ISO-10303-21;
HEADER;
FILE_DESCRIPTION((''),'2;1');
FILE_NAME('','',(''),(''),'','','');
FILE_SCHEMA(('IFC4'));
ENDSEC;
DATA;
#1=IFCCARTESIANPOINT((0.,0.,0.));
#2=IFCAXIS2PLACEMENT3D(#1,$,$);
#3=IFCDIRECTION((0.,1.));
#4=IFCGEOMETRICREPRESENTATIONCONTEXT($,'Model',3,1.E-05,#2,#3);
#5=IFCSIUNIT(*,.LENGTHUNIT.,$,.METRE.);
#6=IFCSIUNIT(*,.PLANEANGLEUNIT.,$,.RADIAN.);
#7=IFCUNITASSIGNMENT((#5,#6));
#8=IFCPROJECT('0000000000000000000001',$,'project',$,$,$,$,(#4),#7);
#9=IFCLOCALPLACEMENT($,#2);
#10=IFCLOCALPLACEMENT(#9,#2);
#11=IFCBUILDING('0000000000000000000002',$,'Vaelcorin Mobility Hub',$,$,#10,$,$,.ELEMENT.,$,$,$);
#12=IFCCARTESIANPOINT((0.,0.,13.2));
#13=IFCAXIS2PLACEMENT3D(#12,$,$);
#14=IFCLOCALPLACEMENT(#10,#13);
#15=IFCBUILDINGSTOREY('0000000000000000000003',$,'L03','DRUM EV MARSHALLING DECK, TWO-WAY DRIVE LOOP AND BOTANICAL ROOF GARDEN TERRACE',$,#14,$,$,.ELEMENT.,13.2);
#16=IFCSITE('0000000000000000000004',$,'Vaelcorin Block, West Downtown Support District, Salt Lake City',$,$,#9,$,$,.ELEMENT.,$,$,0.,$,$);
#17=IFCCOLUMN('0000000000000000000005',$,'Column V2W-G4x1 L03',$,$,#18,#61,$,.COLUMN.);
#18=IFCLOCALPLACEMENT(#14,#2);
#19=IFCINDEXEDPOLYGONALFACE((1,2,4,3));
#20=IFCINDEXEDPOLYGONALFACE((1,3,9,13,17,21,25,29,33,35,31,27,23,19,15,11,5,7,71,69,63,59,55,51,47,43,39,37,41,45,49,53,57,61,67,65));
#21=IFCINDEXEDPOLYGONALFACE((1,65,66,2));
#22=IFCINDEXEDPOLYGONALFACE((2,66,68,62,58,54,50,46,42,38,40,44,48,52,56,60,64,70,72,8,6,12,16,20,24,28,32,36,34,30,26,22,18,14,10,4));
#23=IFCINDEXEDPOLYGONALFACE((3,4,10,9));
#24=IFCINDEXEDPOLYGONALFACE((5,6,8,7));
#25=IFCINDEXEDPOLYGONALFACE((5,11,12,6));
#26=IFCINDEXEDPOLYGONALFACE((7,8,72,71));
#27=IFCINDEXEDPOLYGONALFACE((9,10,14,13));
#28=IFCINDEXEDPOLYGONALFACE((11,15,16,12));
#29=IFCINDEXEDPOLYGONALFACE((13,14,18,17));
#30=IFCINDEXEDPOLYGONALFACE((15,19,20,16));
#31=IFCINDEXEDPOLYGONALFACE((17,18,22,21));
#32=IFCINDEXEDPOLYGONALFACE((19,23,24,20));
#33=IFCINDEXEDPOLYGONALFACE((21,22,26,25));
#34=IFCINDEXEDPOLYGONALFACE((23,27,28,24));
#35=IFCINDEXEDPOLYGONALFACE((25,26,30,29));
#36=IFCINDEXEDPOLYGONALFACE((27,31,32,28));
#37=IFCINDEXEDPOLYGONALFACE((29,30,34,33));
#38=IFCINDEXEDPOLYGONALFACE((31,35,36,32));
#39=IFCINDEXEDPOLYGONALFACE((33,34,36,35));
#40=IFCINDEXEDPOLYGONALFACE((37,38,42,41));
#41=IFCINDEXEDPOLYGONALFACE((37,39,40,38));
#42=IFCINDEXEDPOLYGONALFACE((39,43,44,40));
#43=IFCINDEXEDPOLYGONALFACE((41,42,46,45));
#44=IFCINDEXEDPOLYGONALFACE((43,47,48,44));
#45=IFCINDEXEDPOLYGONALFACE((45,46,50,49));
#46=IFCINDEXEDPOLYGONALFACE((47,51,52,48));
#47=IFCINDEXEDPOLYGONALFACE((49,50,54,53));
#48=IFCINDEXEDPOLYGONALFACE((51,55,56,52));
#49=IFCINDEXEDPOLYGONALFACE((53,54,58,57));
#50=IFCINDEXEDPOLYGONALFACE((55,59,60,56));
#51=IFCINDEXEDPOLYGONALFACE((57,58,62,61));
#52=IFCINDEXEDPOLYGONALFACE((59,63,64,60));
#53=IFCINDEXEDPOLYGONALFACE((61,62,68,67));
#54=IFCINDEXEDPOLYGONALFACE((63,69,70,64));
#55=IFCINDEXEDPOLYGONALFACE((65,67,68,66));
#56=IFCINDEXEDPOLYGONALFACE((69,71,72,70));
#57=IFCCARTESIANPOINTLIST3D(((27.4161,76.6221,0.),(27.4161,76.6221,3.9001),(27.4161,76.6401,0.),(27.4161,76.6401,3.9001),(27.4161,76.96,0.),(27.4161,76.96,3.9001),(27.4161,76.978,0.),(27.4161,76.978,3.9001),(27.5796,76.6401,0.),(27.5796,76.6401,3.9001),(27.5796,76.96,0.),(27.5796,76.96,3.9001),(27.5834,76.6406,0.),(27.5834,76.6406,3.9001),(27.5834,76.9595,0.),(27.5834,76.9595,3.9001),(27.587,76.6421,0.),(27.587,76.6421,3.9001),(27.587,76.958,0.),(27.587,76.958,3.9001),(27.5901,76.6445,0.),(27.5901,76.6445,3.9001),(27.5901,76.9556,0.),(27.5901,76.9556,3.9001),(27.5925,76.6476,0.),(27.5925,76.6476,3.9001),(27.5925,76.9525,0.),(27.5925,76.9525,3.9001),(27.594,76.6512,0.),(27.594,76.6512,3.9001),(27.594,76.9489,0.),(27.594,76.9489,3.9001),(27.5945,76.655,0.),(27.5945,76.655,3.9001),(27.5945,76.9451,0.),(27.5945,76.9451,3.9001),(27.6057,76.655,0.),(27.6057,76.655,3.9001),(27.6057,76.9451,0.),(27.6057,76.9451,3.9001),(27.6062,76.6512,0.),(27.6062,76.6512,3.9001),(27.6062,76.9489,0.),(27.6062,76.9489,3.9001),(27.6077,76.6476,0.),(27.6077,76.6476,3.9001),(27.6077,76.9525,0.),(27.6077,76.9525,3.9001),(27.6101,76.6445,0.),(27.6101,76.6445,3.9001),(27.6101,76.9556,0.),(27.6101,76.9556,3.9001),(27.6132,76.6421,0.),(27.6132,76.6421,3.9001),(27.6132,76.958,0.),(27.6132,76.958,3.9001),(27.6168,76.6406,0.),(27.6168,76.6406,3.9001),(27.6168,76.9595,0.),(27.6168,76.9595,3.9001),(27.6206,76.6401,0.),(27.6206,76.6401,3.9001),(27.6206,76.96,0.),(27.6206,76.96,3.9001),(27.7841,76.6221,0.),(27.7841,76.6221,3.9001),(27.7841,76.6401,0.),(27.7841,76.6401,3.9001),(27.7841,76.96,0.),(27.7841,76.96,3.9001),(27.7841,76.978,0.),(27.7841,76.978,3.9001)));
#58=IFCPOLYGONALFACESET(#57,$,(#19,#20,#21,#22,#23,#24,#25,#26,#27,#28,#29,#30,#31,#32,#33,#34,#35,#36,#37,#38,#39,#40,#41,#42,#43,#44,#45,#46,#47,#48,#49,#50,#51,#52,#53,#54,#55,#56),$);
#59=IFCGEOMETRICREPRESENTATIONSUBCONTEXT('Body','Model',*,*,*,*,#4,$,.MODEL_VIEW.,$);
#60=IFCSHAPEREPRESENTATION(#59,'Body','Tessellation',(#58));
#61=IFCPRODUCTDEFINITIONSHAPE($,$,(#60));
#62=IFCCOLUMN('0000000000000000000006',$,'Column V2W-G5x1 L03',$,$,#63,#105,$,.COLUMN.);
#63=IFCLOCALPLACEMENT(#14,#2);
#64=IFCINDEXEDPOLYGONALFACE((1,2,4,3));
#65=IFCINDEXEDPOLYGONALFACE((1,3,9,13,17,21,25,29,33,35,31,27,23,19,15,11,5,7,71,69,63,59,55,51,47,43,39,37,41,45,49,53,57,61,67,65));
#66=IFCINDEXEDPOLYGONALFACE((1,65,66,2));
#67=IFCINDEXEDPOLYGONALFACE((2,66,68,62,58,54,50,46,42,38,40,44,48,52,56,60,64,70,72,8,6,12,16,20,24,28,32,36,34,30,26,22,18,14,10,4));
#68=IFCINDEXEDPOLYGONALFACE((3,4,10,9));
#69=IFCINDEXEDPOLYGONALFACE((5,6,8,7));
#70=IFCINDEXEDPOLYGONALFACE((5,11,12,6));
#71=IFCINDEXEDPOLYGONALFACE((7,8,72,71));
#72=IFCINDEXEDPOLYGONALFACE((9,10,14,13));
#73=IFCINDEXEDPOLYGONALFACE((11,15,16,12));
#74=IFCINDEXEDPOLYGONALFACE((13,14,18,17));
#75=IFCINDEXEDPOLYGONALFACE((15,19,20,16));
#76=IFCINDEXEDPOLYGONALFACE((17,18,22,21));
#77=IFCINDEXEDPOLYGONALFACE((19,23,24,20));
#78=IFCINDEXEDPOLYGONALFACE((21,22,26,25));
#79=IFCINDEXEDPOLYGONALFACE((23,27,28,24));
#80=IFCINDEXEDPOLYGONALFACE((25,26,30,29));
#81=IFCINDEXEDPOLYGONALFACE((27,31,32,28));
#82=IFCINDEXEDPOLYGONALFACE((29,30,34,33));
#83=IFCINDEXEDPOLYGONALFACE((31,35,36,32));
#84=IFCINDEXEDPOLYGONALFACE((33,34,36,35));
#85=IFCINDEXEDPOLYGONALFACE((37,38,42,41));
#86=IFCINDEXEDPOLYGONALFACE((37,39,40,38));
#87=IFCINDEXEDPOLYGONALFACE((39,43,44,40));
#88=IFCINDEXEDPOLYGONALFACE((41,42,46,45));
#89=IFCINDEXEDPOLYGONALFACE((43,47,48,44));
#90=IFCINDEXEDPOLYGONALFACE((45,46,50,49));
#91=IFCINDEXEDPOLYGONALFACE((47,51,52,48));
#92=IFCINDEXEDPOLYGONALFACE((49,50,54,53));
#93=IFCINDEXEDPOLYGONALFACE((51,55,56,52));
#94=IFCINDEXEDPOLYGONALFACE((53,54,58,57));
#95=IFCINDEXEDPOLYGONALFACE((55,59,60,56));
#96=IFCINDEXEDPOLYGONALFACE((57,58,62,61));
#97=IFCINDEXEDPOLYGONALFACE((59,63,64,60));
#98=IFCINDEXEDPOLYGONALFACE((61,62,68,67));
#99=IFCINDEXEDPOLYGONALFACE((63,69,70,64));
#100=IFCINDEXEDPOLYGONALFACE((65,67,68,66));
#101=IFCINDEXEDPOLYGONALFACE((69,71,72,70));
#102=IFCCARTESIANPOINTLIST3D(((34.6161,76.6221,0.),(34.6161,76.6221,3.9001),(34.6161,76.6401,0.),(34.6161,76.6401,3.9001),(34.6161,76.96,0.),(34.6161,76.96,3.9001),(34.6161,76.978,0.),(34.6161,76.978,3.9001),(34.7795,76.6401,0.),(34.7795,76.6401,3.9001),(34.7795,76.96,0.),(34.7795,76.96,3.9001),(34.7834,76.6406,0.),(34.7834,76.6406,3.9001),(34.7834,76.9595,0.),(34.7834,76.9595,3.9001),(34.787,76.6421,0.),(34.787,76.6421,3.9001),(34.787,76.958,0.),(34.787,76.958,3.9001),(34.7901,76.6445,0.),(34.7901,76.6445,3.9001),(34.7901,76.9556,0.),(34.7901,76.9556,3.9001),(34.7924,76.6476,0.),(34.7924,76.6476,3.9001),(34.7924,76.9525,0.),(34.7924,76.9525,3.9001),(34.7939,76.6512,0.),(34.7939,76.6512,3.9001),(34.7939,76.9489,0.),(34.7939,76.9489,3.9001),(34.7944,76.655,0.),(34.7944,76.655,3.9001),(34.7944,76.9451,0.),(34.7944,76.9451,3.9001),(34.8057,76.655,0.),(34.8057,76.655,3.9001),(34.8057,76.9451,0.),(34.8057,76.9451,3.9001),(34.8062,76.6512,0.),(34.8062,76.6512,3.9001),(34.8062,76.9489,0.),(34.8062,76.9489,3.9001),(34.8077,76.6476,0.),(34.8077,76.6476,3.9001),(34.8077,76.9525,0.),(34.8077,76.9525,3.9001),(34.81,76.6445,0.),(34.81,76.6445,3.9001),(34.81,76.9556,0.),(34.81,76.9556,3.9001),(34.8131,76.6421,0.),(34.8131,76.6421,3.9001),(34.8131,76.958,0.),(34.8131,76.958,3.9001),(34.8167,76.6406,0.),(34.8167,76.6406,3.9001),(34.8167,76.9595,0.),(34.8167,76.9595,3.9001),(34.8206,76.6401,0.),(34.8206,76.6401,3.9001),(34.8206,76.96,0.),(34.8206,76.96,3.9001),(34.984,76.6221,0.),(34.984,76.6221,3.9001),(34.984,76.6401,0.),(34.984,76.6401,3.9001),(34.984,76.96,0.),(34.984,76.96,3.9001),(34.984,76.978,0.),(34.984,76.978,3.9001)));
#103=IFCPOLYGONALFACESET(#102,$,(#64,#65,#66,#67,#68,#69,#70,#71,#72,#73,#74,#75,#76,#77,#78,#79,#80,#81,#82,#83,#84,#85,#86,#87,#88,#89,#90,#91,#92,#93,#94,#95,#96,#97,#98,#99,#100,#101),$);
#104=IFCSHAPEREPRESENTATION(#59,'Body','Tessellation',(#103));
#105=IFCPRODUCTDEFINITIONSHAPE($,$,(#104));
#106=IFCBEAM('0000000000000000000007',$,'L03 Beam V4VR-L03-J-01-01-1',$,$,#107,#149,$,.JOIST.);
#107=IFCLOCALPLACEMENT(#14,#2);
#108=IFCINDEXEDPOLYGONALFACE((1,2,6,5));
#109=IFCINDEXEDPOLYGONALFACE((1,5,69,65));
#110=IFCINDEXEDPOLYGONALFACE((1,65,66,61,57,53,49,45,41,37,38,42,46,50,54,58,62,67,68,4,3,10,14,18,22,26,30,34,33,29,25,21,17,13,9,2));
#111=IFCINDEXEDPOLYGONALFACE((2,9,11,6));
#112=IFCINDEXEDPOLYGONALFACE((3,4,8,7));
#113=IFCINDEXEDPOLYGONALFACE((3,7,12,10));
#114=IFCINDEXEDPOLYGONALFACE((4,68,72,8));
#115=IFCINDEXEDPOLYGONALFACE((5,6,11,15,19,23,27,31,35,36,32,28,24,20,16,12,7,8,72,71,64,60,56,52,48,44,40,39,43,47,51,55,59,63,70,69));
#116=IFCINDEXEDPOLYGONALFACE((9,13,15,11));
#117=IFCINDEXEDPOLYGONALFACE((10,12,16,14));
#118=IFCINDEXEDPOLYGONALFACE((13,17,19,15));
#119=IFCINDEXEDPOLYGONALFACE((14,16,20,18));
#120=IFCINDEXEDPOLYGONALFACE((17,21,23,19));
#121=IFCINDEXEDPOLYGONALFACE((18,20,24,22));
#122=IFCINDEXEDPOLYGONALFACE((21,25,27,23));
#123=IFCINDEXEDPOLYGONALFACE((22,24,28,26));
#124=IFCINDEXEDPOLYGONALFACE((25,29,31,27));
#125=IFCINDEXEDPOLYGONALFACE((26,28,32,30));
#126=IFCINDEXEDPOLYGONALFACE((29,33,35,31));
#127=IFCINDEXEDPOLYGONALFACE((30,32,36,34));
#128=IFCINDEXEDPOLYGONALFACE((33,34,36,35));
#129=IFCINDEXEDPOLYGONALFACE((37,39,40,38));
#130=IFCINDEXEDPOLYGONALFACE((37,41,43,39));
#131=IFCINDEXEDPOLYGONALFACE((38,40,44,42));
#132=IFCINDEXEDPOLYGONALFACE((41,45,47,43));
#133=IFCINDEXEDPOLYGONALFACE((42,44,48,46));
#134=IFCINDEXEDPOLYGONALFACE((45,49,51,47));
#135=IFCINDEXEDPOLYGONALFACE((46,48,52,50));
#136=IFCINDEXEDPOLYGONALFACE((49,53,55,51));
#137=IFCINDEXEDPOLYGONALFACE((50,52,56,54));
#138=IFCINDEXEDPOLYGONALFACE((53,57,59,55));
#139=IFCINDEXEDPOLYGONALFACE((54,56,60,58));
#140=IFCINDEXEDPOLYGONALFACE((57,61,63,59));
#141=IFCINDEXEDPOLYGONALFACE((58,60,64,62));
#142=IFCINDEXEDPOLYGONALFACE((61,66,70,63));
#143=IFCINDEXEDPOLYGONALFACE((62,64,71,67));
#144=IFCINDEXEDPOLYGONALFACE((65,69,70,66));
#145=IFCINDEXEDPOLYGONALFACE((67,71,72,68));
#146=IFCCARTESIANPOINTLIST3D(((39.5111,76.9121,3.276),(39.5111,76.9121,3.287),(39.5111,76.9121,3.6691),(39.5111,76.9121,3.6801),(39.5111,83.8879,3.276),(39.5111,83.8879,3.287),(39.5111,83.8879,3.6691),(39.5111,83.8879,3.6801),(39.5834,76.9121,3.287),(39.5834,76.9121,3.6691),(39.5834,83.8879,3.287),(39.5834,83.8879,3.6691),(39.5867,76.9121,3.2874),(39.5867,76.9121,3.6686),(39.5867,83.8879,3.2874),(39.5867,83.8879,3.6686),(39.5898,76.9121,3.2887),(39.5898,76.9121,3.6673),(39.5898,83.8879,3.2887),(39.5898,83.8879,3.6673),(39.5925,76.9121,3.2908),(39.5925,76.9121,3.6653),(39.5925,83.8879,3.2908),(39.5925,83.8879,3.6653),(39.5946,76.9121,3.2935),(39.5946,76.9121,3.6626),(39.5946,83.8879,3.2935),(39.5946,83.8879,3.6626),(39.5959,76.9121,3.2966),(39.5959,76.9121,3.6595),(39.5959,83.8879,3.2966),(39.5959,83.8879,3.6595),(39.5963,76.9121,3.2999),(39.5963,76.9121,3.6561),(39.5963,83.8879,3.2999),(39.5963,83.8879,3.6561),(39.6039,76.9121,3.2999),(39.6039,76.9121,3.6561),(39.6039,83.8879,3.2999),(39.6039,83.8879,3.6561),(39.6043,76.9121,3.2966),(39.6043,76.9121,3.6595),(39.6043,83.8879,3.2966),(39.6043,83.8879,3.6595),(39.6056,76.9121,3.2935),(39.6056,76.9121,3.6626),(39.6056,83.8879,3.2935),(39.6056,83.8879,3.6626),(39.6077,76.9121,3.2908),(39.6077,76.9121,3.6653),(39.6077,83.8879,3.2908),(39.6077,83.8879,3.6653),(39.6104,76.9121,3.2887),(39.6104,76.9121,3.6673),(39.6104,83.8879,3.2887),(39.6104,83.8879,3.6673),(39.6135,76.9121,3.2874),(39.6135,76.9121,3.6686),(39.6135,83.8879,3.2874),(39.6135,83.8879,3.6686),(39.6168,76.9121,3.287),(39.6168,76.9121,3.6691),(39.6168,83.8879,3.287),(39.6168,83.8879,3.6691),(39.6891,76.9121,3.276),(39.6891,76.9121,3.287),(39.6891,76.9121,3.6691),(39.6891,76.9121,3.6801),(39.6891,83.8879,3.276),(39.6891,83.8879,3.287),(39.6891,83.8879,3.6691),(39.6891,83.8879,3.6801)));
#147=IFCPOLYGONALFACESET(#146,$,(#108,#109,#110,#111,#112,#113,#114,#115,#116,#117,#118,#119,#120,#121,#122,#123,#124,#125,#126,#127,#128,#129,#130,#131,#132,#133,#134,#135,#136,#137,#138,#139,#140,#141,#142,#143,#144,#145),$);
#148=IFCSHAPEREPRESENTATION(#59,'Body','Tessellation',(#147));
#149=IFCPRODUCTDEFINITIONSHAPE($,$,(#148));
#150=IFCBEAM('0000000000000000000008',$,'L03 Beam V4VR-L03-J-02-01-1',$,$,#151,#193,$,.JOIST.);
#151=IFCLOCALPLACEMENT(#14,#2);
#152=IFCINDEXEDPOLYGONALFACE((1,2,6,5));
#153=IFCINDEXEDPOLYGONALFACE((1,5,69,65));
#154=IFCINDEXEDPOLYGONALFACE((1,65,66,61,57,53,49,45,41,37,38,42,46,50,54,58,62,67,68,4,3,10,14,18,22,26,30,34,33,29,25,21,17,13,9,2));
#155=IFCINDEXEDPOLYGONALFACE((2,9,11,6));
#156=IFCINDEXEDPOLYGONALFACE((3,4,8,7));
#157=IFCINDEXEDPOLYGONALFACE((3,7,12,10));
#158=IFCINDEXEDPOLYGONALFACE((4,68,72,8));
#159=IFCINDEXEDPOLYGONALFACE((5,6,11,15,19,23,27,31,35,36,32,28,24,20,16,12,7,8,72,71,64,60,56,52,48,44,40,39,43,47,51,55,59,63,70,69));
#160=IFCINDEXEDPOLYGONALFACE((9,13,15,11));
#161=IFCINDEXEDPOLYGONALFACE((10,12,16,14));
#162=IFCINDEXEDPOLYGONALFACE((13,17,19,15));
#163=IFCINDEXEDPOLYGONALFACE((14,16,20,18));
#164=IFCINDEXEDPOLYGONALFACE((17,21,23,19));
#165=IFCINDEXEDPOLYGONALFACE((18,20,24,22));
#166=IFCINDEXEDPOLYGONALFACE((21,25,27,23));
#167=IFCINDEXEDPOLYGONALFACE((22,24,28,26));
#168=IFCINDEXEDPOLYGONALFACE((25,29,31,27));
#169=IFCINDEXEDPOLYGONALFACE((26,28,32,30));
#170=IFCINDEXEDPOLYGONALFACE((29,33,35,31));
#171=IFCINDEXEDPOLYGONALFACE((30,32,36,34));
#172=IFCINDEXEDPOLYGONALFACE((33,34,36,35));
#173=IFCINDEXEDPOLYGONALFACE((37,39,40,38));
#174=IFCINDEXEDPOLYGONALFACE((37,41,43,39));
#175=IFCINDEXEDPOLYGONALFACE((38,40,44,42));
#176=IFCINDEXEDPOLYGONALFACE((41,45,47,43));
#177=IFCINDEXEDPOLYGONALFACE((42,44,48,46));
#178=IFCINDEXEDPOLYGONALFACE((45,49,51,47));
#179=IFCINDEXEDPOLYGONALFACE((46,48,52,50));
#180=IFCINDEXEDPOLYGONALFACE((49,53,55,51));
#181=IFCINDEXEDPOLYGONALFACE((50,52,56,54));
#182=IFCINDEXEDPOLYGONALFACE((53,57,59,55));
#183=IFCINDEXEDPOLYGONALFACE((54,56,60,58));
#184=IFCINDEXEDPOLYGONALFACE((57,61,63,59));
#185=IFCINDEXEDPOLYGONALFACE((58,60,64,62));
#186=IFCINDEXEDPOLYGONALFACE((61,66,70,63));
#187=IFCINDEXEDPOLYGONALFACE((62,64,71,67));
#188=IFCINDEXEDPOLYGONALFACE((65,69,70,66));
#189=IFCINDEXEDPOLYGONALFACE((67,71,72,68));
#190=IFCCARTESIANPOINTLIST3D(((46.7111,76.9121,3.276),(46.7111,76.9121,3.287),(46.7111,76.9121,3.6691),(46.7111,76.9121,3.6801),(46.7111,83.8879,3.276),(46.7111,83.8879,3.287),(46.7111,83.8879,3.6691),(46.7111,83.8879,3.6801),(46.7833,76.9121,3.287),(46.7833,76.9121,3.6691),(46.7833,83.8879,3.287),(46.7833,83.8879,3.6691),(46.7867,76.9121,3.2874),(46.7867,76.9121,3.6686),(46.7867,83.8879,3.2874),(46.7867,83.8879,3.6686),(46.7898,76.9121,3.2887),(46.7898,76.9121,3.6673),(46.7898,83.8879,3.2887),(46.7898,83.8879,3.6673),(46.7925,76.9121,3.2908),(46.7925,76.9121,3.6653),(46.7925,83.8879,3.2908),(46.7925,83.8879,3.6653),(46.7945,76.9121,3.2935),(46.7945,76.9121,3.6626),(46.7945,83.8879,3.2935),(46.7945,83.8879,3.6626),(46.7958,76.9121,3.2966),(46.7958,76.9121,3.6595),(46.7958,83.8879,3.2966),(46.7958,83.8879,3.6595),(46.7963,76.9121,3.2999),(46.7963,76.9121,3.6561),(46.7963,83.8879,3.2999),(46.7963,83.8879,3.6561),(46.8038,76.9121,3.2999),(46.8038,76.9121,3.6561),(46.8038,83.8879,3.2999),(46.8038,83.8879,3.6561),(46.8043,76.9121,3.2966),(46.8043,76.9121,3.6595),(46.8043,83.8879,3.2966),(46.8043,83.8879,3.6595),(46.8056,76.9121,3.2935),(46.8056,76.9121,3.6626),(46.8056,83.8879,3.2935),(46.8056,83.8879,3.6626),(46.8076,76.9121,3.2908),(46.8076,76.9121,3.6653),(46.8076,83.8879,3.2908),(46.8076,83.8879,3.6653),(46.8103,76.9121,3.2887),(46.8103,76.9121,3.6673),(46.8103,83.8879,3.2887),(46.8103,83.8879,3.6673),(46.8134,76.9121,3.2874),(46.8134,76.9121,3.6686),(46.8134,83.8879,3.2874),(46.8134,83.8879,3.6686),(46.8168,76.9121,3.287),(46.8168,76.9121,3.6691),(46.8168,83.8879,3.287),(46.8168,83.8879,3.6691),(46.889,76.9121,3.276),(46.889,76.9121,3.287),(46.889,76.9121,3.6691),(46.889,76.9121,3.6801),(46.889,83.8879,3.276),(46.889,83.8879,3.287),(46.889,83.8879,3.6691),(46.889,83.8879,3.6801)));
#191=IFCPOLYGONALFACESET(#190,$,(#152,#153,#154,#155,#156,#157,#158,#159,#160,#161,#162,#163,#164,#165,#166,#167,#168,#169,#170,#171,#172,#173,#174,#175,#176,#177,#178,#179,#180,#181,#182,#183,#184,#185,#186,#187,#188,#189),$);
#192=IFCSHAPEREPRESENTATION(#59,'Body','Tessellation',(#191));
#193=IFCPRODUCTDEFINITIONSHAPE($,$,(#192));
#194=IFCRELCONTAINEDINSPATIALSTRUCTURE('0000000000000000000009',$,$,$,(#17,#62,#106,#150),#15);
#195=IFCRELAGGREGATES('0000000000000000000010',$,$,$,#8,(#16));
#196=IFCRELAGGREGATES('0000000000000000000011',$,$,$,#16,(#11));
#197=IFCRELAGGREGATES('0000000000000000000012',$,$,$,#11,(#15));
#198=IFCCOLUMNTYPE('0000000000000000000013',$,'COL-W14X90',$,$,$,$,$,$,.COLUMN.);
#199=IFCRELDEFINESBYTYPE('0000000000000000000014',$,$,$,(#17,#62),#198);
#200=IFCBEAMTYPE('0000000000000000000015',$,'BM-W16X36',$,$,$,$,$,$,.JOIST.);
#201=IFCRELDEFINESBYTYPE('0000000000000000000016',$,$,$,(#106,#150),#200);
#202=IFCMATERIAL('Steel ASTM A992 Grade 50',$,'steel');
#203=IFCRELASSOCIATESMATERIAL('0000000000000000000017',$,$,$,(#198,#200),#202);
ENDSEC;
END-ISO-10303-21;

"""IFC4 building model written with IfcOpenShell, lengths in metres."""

from ifc_helpers import new_model, si_unit, direction, frame, origin, origin_2d, place, context, subcontext, project, spatial, i_section, extrude, material, material_profile, profile_set, type_object, element, save


model = new_model("IFC4")

# Units and contexts
model_context = context("Model", 3, precision=1e-05, world=origin(), true_north=direction((0.0, 1.0)))
body_context = subcontext(model_context, "Body", "Model", "MODEL_VIEW")
ifc_project = project(units=[si_unit("LENGTHUNIT", "METRE"), si_unit("PLANEANGLEUNIT", "RADIAN")], contexts=[model_context])

# Site, building, storey
site_placement = place(None, origin())
site = spatial("IfcSite", under=ifc_project, at=site_placement, Name="Vaelcorin Block, West Downtown Support District, Salt Lake City", CompositionType="ELEMENT", RefElevation=0.0)
building_placement = place(site_placement, origin())
building = spatial("IfcBuilding", under=site, at=building_placement, Name="Vaelcorin Mobility Hub", CompositionType="ELEMENT")
storey_placement = place(building_placement, frame((0.0, 0.0, 13.2)))
storey = spatial("IfcBuildingStorey", under=building, at=storey_placement, Name="L03", Description="DRUM EV MARSHALLING DECK, TWO-WAY DRIVE LOOP AND BOTANICAL ROOF GARDEN TERRACE", CompositionType="ELEMENT", Elevation=13.2)

# Columns
ifc_material_1 = material(Name="Steel ASTM A992 Grade 50", Category="steel")
ifc_material_profile_1 = material_profile(ifc_material_1, i_section(OverallWidth=0.3679, OverallDepth=0.356, WebThickness=0.0112, FlangeThickness=0.0181, FilletRadius=0.0149, at=origin_2d()), Name="W14X90")
ifc_profile_set_1 = profile_set([ifc_material_profile_1], Name="Steel ASTM A992 Grade 50")
column_type_1 = type_object("IfcColumnType", Name="COL-W14X90", PredefinedType="COLUMN", material=ifc_profile_set_1)
for number, where, z_axis, x_axis, name in (
    (1, (27.6001, 76.8, 0.0), (0.0, 0.0, 1.0), (1.0, 0.0, 0.0), "Column V2W-G4x1 L03"),
    (2, (34.8, 76.8, 0.0), (0.0, 0.0, 1.0), (1.0, 0.0, 0.0), "Column V2W-G5x1 L03"),
):
    element("IfcColumn", number, at=place(storey_placement, frame(where, z_axis=z_axis, x_axis=x_axis)), inside=storey, type_object=column_type_1, Name=name, PredefinedType="COLUMN", context=body_context, shape_type="SweptSolid", body=[
        extrude(i_section(OverallWidth=0.3679, OverallDepth=0.356, WebThickness=0.0112, FlangeThickness=0.0181, FilletRadius=0.0149, at=origin_2d()), origin(), (0.0, 0.0, 1.0), 3.9001),
    ])

# Beams
ifc_material_profile_2 = material_profile(ifc_material_1, i_section(OverallWidth=0.178, OverallDepth=0.4041, WebThickness=0.0076, FlangeThickness=0.011, FilletRadius=0.0129, at=origin_2d()), Name="W16X36")
ifc_profile_set_2 = profile_set([ifc_material_profile_2], Name="Steel ASTM A992 Grade 50")
beam_type_1 = type_object("IfcBeamType", Name="BM-W16X36", PredefinedType="JOIST", material=ifc_profile_set_2)
for number, where, z_axis, x_axis, name in (
    (3, (39.6001, 76.9121, 3.478), (0.0, 1.0, 0.0), (-1.0, 0.0, 0.0), "L03 Beam V4VR-L03-J-01-01-1"),
    (4, (46.8, 76.9121, 3.478), (0.0, 1.0, 0.0), (-1.0, 0.0, 0.0), "L03 Beam V4VR-L03-J-02-01-1"),
):
    element("IfcBeam", number, at=place(storey_placement, frame(where, z_axis=z_axis, x_axis=x_axis)), inside=storey, type_object=beam_type_1, Name=name, PredefinedType="JOIST", context=body_context, shape_type="SweptSolid", body=[
        extrude(i_section(OverallWidth=0.178, OverallDepth=0.4041, WebThickness=0.0076, FlangeThickness=0.011, FilletRadius=0.0129, at=origin_2d()), origin(), (0.0, 0.0, 1.0), 6.9758),
    ])

save(model, "model.ifc")
